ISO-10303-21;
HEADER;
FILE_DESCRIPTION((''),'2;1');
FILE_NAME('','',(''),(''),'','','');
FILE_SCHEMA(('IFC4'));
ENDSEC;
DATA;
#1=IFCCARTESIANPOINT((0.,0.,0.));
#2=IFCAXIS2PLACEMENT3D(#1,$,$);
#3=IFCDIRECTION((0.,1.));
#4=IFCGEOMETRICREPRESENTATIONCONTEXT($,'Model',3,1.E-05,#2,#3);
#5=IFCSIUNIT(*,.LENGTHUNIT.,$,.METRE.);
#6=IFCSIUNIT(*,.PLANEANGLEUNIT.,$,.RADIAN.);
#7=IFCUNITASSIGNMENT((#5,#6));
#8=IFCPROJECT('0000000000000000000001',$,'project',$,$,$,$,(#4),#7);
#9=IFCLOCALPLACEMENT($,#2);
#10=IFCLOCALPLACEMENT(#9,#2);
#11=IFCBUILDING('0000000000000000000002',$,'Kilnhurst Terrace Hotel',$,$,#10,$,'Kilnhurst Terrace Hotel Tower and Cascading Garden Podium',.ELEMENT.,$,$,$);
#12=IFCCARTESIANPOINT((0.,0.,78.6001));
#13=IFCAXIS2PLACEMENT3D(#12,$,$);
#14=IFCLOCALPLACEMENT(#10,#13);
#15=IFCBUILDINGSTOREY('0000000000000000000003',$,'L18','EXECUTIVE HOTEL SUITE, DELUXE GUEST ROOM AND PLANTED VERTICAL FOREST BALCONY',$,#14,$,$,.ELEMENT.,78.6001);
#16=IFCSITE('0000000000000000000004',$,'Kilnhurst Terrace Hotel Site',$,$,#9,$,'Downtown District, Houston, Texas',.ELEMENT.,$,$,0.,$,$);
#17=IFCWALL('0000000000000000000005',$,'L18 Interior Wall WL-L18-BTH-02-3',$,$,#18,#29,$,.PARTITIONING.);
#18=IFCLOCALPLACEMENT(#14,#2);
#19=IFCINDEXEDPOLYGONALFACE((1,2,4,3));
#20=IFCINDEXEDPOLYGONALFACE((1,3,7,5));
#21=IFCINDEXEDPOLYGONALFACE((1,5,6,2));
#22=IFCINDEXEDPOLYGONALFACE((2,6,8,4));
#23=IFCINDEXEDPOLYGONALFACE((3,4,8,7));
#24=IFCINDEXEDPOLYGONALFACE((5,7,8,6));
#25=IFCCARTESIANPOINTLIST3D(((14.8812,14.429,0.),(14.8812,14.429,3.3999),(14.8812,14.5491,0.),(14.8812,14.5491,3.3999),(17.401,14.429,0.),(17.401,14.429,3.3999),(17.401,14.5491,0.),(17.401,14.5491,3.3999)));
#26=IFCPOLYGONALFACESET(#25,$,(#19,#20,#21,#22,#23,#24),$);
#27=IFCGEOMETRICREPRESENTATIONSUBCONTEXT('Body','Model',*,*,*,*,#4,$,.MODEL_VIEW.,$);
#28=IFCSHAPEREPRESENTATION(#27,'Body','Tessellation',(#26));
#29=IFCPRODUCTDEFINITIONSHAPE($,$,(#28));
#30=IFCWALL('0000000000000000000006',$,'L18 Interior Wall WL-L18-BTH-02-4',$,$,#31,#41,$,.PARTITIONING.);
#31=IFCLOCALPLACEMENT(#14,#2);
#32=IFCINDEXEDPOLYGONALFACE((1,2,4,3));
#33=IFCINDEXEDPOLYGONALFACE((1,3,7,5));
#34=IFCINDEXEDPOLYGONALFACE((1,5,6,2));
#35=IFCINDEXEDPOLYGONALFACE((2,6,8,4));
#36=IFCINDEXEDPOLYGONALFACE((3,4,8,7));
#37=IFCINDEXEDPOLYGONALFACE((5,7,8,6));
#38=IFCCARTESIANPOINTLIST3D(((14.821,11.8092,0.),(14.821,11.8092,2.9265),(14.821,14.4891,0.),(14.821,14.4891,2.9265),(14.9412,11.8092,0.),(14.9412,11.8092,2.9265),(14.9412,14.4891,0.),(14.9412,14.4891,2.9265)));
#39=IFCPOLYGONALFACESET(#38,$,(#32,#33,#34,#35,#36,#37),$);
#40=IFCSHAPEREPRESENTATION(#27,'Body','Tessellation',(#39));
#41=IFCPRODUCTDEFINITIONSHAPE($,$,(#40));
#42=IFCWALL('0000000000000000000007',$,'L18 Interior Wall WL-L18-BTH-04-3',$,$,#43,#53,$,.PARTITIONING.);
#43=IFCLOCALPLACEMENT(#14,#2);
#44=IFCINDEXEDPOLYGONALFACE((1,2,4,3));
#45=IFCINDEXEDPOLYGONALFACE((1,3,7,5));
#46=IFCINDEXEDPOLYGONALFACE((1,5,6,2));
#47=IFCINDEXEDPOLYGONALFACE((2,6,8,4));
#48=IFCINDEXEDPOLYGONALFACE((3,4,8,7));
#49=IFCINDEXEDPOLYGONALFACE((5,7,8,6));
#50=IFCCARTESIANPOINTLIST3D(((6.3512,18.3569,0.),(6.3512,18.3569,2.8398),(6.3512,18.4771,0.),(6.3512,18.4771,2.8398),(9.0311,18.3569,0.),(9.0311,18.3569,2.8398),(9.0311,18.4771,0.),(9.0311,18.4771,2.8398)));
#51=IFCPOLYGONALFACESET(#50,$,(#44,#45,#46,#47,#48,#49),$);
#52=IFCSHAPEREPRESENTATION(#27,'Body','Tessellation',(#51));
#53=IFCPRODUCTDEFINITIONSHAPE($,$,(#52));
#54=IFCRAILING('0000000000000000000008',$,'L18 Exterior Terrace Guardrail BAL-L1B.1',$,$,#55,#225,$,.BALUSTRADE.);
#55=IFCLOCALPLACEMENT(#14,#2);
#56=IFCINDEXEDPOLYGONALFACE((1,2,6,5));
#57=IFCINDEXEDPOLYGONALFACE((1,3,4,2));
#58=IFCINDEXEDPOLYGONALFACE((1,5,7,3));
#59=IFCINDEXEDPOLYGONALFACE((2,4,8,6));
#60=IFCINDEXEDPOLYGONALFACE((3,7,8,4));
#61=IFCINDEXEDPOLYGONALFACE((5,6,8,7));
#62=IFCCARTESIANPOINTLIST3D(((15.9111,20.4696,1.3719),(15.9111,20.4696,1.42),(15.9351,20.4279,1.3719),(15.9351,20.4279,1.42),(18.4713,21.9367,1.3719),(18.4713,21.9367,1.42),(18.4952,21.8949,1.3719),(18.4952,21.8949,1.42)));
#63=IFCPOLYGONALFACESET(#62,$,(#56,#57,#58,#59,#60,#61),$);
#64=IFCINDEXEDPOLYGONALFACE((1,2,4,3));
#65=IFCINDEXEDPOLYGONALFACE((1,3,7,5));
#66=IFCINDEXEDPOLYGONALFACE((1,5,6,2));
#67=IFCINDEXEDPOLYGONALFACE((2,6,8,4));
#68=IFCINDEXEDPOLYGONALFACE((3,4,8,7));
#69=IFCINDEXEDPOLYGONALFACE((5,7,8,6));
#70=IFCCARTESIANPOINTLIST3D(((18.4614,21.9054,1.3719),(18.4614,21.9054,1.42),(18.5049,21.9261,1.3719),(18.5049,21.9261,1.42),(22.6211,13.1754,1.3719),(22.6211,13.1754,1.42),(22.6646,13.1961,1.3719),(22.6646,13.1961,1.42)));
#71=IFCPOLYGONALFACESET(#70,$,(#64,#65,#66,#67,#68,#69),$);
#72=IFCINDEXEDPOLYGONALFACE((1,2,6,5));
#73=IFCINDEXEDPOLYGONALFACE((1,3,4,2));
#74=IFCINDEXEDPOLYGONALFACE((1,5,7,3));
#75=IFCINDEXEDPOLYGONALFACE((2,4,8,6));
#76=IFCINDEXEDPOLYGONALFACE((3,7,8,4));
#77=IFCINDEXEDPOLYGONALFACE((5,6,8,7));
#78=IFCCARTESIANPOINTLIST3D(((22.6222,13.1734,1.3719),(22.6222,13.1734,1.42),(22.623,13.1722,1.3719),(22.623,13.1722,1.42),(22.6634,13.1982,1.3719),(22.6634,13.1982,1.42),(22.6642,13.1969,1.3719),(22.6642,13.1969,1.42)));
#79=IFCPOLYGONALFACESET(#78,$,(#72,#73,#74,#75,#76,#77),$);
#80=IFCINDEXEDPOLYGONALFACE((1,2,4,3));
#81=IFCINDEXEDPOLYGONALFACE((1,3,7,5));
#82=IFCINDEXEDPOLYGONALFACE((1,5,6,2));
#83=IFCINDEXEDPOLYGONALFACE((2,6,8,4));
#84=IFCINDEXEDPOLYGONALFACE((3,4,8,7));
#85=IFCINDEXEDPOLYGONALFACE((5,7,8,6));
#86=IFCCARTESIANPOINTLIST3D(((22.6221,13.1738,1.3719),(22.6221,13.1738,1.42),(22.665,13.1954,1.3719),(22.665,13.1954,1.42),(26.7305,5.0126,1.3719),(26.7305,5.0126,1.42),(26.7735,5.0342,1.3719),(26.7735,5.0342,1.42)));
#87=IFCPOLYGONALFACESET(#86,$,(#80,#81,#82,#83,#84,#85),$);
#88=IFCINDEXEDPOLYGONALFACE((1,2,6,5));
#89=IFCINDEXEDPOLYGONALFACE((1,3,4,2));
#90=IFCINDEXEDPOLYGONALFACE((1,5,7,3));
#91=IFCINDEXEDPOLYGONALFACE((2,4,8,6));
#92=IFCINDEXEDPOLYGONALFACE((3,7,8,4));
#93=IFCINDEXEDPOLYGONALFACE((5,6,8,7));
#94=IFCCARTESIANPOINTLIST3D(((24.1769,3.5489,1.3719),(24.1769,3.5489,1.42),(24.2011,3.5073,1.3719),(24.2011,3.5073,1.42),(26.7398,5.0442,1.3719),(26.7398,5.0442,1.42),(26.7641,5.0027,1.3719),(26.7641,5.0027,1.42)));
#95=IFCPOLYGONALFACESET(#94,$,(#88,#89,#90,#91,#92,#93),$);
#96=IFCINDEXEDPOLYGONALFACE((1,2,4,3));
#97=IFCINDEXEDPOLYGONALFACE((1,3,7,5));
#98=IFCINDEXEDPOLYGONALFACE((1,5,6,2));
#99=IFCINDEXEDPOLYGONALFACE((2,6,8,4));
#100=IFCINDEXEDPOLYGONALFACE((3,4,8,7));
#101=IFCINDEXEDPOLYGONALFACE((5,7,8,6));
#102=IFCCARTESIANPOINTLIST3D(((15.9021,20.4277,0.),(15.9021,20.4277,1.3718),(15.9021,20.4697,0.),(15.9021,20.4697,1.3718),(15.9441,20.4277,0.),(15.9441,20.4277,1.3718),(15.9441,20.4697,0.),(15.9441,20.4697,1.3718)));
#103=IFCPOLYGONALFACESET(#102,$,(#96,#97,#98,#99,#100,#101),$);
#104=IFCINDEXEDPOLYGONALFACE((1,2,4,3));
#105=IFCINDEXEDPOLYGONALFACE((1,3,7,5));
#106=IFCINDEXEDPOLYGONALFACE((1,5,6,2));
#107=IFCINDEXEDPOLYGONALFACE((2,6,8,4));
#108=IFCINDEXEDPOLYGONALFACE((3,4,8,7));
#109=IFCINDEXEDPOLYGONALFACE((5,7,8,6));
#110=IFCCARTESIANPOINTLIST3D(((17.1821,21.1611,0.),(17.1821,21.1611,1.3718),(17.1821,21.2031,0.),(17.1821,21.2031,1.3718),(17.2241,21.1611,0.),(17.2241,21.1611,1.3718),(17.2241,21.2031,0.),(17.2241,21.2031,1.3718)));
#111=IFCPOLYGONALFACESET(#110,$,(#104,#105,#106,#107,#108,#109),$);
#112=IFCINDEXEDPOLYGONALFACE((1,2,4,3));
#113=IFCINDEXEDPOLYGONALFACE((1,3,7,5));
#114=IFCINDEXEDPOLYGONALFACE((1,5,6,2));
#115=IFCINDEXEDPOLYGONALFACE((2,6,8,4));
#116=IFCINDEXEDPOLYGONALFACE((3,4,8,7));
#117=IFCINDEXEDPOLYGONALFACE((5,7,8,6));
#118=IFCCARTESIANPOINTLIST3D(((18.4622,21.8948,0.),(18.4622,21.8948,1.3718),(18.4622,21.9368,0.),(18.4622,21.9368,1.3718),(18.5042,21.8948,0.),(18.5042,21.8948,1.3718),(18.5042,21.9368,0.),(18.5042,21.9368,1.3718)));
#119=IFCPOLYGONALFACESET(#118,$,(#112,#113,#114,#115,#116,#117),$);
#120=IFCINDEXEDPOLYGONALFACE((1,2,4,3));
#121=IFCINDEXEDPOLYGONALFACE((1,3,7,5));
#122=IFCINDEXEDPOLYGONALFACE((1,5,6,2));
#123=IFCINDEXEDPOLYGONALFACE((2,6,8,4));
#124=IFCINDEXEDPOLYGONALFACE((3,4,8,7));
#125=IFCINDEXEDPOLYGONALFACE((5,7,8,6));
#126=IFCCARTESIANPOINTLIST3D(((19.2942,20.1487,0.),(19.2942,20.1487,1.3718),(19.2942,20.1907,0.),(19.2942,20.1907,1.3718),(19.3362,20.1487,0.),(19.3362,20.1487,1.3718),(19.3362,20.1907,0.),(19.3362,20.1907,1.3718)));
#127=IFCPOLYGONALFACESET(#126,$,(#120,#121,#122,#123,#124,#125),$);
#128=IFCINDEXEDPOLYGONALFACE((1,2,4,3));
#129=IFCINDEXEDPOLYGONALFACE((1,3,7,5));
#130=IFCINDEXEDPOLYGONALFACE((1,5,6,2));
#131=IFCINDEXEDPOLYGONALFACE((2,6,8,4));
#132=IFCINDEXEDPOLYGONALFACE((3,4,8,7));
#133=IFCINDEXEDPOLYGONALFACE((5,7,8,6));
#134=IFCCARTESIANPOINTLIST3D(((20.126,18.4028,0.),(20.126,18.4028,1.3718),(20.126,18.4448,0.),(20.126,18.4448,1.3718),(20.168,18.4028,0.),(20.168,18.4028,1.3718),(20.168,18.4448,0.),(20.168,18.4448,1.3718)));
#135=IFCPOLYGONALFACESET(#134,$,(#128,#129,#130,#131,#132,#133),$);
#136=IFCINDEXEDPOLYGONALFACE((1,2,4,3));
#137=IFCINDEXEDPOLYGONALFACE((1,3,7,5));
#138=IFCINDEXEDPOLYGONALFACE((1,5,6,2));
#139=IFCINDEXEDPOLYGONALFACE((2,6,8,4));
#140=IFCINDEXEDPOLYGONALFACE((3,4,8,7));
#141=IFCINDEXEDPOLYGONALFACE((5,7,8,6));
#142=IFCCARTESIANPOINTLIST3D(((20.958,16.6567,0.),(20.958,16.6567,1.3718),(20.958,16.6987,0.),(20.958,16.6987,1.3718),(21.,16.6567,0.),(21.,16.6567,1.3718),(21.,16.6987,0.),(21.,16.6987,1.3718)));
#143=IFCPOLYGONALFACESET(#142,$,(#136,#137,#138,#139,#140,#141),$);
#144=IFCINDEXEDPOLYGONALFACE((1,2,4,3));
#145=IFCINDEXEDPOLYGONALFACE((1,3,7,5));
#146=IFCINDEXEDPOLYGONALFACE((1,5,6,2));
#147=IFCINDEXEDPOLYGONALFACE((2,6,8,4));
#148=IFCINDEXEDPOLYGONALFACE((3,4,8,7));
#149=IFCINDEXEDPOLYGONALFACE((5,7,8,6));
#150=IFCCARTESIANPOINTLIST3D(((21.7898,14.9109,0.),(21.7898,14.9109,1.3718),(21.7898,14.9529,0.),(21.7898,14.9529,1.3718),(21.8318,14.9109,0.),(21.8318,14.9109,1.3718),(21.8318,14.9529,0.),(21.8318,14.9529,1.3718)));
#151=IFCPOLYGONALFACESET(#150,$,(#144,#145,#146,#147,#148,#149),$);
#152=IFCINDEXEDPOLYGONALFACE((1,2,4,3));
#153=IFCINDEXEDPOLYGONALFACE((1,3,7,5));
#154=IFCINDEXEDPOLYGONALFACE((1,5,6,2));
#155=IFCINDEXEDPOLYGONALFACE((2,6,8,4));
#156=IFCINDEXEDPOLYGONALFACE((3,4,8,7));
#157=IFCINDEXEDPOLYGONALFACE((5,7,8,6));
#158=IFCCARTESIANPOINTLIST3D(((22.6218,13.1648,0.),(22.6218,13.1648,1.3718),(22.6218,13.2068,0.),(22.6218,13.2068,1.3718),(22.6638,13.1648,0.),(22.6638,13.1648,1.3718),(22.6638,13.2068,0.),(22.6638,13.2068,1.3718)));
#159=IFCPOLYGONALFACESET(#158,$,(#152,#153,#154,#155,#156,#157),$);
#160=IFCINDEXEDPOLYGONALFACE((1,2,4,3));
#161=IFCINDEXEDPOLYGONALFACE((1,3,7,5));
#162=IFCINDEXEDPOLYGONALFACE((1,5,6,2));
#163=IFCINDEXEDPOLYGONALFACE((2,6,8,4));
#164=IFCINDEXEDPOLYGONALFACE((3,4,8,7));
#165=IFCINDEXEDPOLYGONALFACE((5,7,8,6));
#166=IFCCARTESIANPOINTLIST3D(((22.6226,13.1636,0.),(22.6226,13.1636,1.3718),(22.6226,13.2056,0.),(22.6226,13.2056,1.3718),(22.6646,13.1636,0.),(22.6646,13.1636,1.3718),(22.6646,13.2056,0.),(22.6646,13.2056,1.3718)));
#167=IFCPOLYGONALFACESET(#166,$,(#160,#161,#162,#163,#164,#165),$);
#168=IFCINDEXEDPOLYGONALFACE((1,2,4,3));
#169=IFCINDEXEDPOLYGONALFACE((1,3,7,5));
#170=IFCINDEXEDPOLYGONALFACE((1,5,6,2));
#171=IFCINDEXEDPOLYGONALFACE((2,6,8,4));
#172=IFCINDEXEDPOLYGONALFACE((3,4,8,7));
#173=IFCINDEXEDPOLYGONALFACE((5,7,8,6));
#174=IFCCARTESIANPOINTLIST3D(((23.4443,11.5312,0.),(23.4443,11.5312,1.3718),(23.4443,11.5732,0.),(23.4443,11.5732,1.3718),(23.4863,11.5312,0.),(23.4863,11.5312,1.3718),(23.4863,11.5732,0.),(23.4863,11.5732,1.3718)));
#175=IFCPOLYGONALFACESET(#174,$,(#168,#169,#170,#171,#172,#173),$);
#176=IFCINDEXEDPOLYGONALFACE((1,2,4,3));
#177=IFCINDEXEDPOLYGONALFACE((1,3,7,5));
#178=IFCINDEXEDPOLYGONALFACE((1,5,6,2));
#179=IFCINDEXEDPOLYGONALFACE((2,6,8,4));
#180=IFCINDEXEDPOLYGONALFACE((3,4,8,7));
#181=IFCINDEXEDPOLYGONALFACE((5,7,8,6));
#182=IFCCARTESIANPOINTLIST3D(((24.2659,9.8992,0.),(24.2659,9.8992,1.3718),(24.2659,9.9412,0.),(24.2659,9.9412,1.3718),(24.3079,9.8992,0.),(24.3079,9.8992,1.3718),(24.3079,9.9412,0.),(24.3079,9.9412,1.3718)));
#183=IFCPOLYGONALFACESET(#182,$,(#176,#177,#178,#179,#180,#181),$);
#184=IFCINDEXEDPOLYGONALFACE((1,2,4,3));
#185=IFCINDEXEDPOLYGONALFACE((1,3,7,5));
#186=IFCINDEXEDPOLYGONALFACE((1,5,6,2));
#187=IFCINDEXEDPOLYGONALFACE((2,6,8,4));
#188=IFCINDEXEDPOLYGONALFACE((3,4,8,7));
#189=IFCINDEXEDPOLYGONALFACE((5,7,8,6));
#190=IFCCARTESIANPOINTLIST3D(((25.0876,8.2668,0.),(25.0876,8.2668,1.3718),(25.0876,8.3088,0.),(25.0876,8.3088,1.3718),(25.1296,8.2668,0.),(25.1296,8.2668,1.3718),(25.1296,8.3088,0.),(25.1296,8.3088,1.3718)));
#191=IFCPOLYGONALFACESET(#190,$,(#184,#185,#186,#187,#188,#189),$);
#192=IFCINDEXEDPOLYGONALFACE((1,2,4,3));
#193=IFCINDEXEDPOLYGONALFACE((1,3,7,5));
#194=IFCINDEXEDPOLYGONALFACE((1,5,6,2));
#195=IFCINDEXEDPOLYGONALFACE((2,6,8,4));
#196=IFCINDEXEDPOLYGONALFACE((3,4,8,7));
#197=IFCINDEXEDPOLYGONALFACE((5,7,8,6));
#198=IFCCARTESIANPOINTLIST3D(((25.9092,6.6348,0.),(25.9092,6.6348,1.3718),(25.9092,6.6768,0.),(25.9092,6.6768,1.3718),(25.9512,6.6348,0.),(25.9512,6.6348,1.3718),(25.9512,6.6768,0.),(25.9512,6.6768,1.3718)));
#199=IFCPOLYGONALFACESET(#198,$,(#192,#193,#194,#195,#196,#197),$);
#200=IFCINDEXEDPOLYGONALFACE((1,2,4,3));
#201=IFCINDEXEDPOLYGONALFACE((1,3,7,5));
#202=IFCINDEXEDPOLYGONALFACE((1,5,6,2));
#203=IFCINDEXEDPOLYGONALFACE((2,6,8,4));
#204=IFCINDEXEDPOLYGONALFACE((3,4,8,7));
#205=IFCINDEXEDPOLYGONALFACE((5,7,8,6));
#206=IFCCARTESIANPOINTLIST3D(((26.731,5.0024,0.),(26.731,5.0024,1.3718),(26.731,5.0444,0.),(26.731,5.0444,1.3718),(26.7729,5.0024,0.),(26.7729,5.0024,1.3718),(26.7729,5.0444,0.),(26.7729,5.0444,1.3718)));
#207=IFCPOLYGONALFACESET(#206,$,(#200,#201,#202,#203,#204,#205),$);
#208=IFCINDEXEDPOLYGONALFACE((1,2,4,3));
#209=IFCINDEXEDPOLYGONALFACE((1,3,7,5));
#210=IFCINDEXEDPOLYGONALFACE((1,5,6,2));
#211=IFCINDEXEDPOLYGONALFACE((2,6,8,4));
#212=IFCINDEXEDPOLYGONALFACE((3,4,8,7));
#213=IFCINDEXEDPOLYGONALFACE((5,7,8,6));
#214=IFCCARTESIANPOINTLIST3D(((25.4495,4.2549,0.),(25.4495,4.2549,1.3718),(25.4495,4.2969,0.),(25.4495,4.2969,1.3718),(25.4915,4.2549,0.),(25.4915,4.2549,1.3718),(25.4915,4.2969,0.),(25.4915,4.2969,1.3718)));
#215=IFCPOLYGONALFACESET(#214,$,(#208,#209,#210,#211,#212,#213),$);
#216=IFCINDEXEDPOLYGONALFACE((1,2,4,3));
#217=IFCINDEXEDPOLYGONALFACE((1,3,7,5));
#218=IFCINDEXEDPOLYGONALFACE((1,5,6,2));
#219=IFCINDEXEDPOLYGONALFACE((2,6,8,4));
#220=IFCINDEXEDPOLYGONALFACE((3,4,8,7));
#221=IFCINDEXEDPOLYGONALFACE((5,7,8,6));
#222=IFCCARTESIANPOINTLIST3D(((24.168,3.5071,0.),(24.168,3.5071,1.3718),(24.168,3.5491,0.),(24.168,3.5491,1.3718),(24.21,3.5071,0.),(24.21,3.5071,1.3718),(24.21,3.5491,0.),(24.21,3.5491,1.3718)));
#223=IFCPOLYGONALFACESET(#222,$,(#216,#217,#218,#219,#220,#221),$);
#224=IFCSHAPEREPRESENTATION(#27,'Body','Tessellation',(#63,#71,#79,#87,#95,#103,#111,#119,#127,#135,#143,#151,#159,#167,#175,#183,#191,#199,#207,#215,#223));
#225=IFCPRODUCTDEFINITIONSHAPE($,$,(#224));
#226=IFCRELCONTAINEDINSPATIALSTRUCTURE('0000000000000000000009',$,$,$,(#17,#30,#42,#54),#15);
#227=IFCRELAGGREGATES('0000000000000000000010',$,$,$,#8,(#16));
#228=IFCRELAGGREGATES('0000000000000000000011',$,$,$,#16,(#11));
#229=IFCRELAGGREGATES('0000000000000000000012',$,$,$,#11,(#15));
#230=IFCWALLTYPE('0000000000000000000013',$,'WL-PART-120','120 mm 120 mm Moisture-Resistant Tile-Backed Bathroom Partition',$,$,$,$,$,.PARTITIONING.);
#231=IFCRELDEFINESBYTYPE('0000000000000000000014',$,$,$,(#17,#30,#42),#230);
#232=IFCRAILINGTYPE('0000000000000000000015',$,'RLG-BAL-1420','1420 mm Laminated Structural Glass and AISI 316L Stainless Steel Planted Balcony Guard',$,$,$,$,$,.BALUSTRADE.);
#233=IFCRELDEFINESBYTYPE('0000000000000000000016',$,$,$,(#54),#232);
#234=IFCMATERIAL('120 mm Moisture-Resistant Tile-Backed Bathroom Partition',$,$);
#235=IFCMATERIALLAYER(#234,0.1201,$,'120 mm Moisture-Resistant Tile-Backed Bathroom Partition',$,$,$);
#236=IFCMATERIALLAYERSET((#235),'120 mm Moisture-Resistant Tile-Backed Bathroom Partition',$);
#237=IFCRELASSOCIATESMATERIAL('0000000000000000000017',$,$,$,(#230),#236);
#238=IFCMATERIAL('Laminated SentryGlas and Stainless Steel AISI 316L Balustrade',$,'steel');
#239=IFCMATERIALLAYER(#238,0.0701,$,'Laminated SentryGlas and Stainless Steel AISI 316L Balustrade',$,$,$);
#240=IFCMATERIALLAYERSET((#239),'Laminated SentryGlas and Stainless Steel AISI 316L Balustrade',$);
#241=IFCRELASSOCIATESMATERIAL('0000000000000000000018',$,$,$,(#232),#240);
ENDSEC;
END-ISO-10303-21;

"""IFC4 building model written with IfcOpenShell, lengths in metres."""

from ifc_helpers import new_model, si_unit, direction, frame, frame_2d, origin, origin_2d, place, context, subcontext, project, spatial, rectangle, extrude, material, layer, layer_set, type_object, element, save


model = new_model("IFC4")

# Units and contexts
model_context = context("Model", 3, precision=1e-05, world=origin(), true_north=direction((0.0, 1.0)))
body_context = subcontext(model_context, "Body", "Model", "MODEL_VIEW")
ifc_project = project(units=[si_unit("LENGTHUNIT", "METRE"), si_unit("PLANEANGLEUNIT", "RADIAN")], contexts=[model_context])

# Site, building, storey
site_placement = place(None, origin())
site = spatial("IfcSite", under=ifc_project, at=site_placement, Name="Kilnhurst Terrace Hotel Site", LongName="Downtown District, Houston, Texas", CompositionType="ELEMENT", RefElevation=0.0)
building_placement = place(site_placement, origin())
building = spatial("IfcBuilding", under=site, at=building_placement, Name="Kilnhurst Terrace Hotel", LongName="Kilnhurst Terrace Hotel Tower and Cascading Garden Podium", CompositionType="ELEMENT")
storey_placement = place(building_placement, frame((0.0, 0.0, 78.6001)))
storey = spatial("IfcBuildingStorey", under=building, at=storey_placement, Name="L18", Description="EXECUTIVE HOTEL SUITE, DELUXE GUEST ROOM AND PLANTED VERTICAL FOREST BALCONY", CompositionType="ELEMENT", Elevation=78.6001)

# Shared definitions
ifc_material_1 = material(Name="120 mm Moisture-Resistant Tile-Backed Bathroom Partition")
ifc_layer_1 = layer(ifc_material_1, 0.1201, Name="120 mm Moisture-Resistant Tile-Backed Bathroom Partition")
ifc_layer_set_1 = layer_set([ifc_layer_1], Name="120 mm Moisture-Resistant Tile-Backed Bathroom Partition")
wall_type_1 = type_object("IfcWallType", Name="WL-PART-120", Description="120 mm 120 mm Moisture-Resistant Tile-Backed Bathroom Partition", PredefinedType="PARTITIONING", material=ifc_layer_set_1)

# Walls
wall_1_placement = place(storey_placement, frame((17.4009, 14.489, 0.0), z_axis=(0.0, 0.0, 1.0), x_axis=(-1.0, 0.0, 0.0)))
element("IfcWall", 1, at=wall_1_placement, inside=storey, type_object=wall_type_1, Name="L18 Interior Wall WL-L18-BTH-02-3", PredefinedType="PARTITIONING", context=body_context, shape_type="SweptSolid", body=[
    extrude(rectangle(XDim=2.5198, YDim=0.1201, at=frame_2d((1.2598, 0.0))), origin(), (0.0, 0.0, 1.0), 3.3999),
])
wall_2_placement = place(storey_placement, frame((14.8811, 14.489, 0.0), z_axis=(0.0, 0.0, 1.0), x_axis=(0.0, -1.0, 0.0)))
element("IfcWall", 2, at=wall_2_placement, inside=storey, type_object=wall_type_1, Name="L18 Interior Wall WL-L18-BTH-02-4", PredefinedType="PARTITIONING", context=body_context, shape_type="SweptSolid", body=[
    extrude(rectangle(XDim=2.6799, YDim=0.1201, at=frame_2d((1.3398, 0.0))), origin(), (0.0, 0.0, 1.0), 2.9265),
])
wall_3_placement = place(storey_placement, frame((9.031, 18.417, 0.0), z_axis=(0.0, 0.0, 1.0), x_axis=(-1.0, 0.0, 0.0)))
element("IfcWall", 3, at=wall_3_placement, inside=storey, type_object=wall_type_1, Name="L18 Interior Wall WL-L18-BTH-04-3", PredefinedType="PARTITIONING", context=body_context, shape_type="SweptSolid", body=[
    extrude(rectangle(XDim=2.6799, YDim=0.1201, at=frame_2d((1.3398, 0.0))), origin(), (0.0, 0.0, 1.0), 2.8398),
])

# Railing
ifc_material_2 = material(Name="Laminated SentryGlas and Stainless Steel AISI 316L Balustrade", Category="steel")
ifc_layer_2 = layer(ifc_material_2, 0.0701, Name="Laminated SentryGlas and Stainless Steel AISI 316L Balustrade")
ifc_layer_set_2 = layer_set([ifc_layer_2], Name="Laminated SentryGlas and Stainless Steel AISI 316L Balustrade")
railing_type = type_object("IfcRailingType", Name="RLG-BAL-1420", Description="1420 mm Laminated Structural Glass and AISI 316L Stainless Steel Planted Balcony Guard", PredefinedType="BALUSTRADE", material=ifc_layer_set_2)
railing_placement = place(storey_placement, frame((15.9231, 20.4487, 0.0)))
element("IfcRailing", 4, at=railing_placement, inside=storey, type_object=railing_type, Name="L18 Exterior Terrace Guardrail BAL-L1B.1", PredefinedType="BALUSTRADE", context=body_context, shape_type="SweptSolid", body=[
    extrude(rectangle(XDim=0.0481, YDim=0.0481, at=origin_2d()), frame((0.0, 0.0, 1.396), z_axis=(0.867637, 0.497199, 0.0), x_axis=(-0.497199, 0.867637, 0.0)), (0.0, 0.0, 1.0), 2.9507),
    extrude(rectangle(XDim=0.0481, YDim=0.0481, at=origin_2d()), frame((2.5601, 1.467, 1.396), z_axis=(0.430147, -0.902759, 0.0), x_axis=(0.902759, 0.430147, 0.0)), (0.0, 0.0, 1.0), 9.6704),
    extrude(rectangle(XDim=0.0481, YDim=0.0481, at=origin_2d()), frame((6.7197, -7.2629, 1.396), z_axis=(0.514496, -0.857493, 0.0), x_axis=(0.857493, 0.514496, 0.0)), (0.0, 0.0, 1.0), 0.0015),
    extrude(rectangle(XDim=0.0481, YDim=0.0481, at=origin_2d()), frame((6.7205, -7.2642, 1.396), z_axis=(0.449649, -0.893205, 0.0), x_axis=(0.893205, 0.449649, 0.0)), (0.0, 0.0, 1.0), 9.137),
    extrude(rectangle(XDim=0.0481, YDim=0.0481, at=origin_2d()), frame((10.8289, -15.4253, 1.396), z_axis=(-0.863737, -0.503943, 0.0), x_axis=(0.503943, -0.863737, 0.0)), (0.0, 0.0, 1.0), 2.9673),
    extrude(rectangle(XDim=0.042, YDim=0.042, at=origin_2d()), origin(), (0.0, 0.0, 1.0), 1.3718),
    extrude(rectangle(XDim=0.042, YDim=0.042, at=origin_2d()), frame((1.28, 0.7334, 0.0)), (0.0, 0.0, 1.0), 1.3718),
    extrude(rectangle(XDim=0.042, YDim=0.042, at=origin_2d()), frame((2.5601, 1.467, 0.0)), (0.0, 0.0, 1.0), 1.3718),
    extrude(rectangle(XDim=0.042, YDim=0.042, at=origin_2d()), frame((3.3921, -0.2791, 0.0)), (0.0, 0.0, 1.0), 1.3718),
    extrude(rectangle(XDim=0.042, YDim=0.042, at=origin_2d()), frame((4.2239, -2.0249, 0.0)), (0.0, 0.0, 1.0), 1.3718),
    extrude(rectangle(XDim=0.042, YDim=0.042, at=origin_2d()), frame((5.0559, -3.771, 0.0)), (0.0, 0.0, 1.0), 1.3718),
    extrude(rectangle(XDim=0.042, YDim=0.042, at=origin_2d()), frame((5.8877, -5.5168, 0.0)), (0.0, 0.0, 1.0), 1.3718),
    extrude(rectangle(XDim=0.042, YDim=0.042, at=origin_2d()), frame((6.7197, -7.2629, 0.0)), (0.0, 0.0, 1.0), 1.3718),
    extrude(rectangle(XDim=0.042, YDim=0.042, at=origin_2d()), frame((6.7205, -7.2642, 0.0)), (0.0, 0.0, 1.0), 1.3718),
    extrude(rectangle(XDim=0.042, YDim=0.042, at=origin_2d()), frame((7.5422, -8.8965, 0.0)), (0.0, 0.0, 1.0), 1.3718),
    extrude(rectangle(XDim=0.042, YDim=0.042, at=origin_2d()), frame((8.3638, -10.5286, 0.0)), (0.0, 0.0, 1.0), 1.3718),
    extrude(rectangle(XDim=0.042, YDim=0.042, at=origin_2d()), frame((9.1855, -12.1609, 0.0)), (0.0, 0.0, 1.0), 1.3718),
    extrude(rectangle(XDim=0.042, YDim=0.042, at=origin_2d()), frame((10.0071, -13.793, 0.0)), (0.0, 0.0, 1.0), 1.3718),
    extrude(rectangle(XDim=0.042, YDim=0.042, at=origin_2d()), frame((10.8289, -15.4253, 0.0)), (0.0, 0.0, 1.0), 1.3718),
    extrude(rectangle(XDim=0.042, YDim=0.042, at=origin_2d()), frame((9.5474, -16.1729, 0.0)), (0.0, 0.0, 1.0), 1.3718),
    extrude(rectangle(XDim=0.042, YDim=0.042, at=origin_2d()), frame((8.2659, -16.9207, 0.0)), (0.0, 0.0, 1.0), 1.3718),
])

save(model, "model.ifc")
